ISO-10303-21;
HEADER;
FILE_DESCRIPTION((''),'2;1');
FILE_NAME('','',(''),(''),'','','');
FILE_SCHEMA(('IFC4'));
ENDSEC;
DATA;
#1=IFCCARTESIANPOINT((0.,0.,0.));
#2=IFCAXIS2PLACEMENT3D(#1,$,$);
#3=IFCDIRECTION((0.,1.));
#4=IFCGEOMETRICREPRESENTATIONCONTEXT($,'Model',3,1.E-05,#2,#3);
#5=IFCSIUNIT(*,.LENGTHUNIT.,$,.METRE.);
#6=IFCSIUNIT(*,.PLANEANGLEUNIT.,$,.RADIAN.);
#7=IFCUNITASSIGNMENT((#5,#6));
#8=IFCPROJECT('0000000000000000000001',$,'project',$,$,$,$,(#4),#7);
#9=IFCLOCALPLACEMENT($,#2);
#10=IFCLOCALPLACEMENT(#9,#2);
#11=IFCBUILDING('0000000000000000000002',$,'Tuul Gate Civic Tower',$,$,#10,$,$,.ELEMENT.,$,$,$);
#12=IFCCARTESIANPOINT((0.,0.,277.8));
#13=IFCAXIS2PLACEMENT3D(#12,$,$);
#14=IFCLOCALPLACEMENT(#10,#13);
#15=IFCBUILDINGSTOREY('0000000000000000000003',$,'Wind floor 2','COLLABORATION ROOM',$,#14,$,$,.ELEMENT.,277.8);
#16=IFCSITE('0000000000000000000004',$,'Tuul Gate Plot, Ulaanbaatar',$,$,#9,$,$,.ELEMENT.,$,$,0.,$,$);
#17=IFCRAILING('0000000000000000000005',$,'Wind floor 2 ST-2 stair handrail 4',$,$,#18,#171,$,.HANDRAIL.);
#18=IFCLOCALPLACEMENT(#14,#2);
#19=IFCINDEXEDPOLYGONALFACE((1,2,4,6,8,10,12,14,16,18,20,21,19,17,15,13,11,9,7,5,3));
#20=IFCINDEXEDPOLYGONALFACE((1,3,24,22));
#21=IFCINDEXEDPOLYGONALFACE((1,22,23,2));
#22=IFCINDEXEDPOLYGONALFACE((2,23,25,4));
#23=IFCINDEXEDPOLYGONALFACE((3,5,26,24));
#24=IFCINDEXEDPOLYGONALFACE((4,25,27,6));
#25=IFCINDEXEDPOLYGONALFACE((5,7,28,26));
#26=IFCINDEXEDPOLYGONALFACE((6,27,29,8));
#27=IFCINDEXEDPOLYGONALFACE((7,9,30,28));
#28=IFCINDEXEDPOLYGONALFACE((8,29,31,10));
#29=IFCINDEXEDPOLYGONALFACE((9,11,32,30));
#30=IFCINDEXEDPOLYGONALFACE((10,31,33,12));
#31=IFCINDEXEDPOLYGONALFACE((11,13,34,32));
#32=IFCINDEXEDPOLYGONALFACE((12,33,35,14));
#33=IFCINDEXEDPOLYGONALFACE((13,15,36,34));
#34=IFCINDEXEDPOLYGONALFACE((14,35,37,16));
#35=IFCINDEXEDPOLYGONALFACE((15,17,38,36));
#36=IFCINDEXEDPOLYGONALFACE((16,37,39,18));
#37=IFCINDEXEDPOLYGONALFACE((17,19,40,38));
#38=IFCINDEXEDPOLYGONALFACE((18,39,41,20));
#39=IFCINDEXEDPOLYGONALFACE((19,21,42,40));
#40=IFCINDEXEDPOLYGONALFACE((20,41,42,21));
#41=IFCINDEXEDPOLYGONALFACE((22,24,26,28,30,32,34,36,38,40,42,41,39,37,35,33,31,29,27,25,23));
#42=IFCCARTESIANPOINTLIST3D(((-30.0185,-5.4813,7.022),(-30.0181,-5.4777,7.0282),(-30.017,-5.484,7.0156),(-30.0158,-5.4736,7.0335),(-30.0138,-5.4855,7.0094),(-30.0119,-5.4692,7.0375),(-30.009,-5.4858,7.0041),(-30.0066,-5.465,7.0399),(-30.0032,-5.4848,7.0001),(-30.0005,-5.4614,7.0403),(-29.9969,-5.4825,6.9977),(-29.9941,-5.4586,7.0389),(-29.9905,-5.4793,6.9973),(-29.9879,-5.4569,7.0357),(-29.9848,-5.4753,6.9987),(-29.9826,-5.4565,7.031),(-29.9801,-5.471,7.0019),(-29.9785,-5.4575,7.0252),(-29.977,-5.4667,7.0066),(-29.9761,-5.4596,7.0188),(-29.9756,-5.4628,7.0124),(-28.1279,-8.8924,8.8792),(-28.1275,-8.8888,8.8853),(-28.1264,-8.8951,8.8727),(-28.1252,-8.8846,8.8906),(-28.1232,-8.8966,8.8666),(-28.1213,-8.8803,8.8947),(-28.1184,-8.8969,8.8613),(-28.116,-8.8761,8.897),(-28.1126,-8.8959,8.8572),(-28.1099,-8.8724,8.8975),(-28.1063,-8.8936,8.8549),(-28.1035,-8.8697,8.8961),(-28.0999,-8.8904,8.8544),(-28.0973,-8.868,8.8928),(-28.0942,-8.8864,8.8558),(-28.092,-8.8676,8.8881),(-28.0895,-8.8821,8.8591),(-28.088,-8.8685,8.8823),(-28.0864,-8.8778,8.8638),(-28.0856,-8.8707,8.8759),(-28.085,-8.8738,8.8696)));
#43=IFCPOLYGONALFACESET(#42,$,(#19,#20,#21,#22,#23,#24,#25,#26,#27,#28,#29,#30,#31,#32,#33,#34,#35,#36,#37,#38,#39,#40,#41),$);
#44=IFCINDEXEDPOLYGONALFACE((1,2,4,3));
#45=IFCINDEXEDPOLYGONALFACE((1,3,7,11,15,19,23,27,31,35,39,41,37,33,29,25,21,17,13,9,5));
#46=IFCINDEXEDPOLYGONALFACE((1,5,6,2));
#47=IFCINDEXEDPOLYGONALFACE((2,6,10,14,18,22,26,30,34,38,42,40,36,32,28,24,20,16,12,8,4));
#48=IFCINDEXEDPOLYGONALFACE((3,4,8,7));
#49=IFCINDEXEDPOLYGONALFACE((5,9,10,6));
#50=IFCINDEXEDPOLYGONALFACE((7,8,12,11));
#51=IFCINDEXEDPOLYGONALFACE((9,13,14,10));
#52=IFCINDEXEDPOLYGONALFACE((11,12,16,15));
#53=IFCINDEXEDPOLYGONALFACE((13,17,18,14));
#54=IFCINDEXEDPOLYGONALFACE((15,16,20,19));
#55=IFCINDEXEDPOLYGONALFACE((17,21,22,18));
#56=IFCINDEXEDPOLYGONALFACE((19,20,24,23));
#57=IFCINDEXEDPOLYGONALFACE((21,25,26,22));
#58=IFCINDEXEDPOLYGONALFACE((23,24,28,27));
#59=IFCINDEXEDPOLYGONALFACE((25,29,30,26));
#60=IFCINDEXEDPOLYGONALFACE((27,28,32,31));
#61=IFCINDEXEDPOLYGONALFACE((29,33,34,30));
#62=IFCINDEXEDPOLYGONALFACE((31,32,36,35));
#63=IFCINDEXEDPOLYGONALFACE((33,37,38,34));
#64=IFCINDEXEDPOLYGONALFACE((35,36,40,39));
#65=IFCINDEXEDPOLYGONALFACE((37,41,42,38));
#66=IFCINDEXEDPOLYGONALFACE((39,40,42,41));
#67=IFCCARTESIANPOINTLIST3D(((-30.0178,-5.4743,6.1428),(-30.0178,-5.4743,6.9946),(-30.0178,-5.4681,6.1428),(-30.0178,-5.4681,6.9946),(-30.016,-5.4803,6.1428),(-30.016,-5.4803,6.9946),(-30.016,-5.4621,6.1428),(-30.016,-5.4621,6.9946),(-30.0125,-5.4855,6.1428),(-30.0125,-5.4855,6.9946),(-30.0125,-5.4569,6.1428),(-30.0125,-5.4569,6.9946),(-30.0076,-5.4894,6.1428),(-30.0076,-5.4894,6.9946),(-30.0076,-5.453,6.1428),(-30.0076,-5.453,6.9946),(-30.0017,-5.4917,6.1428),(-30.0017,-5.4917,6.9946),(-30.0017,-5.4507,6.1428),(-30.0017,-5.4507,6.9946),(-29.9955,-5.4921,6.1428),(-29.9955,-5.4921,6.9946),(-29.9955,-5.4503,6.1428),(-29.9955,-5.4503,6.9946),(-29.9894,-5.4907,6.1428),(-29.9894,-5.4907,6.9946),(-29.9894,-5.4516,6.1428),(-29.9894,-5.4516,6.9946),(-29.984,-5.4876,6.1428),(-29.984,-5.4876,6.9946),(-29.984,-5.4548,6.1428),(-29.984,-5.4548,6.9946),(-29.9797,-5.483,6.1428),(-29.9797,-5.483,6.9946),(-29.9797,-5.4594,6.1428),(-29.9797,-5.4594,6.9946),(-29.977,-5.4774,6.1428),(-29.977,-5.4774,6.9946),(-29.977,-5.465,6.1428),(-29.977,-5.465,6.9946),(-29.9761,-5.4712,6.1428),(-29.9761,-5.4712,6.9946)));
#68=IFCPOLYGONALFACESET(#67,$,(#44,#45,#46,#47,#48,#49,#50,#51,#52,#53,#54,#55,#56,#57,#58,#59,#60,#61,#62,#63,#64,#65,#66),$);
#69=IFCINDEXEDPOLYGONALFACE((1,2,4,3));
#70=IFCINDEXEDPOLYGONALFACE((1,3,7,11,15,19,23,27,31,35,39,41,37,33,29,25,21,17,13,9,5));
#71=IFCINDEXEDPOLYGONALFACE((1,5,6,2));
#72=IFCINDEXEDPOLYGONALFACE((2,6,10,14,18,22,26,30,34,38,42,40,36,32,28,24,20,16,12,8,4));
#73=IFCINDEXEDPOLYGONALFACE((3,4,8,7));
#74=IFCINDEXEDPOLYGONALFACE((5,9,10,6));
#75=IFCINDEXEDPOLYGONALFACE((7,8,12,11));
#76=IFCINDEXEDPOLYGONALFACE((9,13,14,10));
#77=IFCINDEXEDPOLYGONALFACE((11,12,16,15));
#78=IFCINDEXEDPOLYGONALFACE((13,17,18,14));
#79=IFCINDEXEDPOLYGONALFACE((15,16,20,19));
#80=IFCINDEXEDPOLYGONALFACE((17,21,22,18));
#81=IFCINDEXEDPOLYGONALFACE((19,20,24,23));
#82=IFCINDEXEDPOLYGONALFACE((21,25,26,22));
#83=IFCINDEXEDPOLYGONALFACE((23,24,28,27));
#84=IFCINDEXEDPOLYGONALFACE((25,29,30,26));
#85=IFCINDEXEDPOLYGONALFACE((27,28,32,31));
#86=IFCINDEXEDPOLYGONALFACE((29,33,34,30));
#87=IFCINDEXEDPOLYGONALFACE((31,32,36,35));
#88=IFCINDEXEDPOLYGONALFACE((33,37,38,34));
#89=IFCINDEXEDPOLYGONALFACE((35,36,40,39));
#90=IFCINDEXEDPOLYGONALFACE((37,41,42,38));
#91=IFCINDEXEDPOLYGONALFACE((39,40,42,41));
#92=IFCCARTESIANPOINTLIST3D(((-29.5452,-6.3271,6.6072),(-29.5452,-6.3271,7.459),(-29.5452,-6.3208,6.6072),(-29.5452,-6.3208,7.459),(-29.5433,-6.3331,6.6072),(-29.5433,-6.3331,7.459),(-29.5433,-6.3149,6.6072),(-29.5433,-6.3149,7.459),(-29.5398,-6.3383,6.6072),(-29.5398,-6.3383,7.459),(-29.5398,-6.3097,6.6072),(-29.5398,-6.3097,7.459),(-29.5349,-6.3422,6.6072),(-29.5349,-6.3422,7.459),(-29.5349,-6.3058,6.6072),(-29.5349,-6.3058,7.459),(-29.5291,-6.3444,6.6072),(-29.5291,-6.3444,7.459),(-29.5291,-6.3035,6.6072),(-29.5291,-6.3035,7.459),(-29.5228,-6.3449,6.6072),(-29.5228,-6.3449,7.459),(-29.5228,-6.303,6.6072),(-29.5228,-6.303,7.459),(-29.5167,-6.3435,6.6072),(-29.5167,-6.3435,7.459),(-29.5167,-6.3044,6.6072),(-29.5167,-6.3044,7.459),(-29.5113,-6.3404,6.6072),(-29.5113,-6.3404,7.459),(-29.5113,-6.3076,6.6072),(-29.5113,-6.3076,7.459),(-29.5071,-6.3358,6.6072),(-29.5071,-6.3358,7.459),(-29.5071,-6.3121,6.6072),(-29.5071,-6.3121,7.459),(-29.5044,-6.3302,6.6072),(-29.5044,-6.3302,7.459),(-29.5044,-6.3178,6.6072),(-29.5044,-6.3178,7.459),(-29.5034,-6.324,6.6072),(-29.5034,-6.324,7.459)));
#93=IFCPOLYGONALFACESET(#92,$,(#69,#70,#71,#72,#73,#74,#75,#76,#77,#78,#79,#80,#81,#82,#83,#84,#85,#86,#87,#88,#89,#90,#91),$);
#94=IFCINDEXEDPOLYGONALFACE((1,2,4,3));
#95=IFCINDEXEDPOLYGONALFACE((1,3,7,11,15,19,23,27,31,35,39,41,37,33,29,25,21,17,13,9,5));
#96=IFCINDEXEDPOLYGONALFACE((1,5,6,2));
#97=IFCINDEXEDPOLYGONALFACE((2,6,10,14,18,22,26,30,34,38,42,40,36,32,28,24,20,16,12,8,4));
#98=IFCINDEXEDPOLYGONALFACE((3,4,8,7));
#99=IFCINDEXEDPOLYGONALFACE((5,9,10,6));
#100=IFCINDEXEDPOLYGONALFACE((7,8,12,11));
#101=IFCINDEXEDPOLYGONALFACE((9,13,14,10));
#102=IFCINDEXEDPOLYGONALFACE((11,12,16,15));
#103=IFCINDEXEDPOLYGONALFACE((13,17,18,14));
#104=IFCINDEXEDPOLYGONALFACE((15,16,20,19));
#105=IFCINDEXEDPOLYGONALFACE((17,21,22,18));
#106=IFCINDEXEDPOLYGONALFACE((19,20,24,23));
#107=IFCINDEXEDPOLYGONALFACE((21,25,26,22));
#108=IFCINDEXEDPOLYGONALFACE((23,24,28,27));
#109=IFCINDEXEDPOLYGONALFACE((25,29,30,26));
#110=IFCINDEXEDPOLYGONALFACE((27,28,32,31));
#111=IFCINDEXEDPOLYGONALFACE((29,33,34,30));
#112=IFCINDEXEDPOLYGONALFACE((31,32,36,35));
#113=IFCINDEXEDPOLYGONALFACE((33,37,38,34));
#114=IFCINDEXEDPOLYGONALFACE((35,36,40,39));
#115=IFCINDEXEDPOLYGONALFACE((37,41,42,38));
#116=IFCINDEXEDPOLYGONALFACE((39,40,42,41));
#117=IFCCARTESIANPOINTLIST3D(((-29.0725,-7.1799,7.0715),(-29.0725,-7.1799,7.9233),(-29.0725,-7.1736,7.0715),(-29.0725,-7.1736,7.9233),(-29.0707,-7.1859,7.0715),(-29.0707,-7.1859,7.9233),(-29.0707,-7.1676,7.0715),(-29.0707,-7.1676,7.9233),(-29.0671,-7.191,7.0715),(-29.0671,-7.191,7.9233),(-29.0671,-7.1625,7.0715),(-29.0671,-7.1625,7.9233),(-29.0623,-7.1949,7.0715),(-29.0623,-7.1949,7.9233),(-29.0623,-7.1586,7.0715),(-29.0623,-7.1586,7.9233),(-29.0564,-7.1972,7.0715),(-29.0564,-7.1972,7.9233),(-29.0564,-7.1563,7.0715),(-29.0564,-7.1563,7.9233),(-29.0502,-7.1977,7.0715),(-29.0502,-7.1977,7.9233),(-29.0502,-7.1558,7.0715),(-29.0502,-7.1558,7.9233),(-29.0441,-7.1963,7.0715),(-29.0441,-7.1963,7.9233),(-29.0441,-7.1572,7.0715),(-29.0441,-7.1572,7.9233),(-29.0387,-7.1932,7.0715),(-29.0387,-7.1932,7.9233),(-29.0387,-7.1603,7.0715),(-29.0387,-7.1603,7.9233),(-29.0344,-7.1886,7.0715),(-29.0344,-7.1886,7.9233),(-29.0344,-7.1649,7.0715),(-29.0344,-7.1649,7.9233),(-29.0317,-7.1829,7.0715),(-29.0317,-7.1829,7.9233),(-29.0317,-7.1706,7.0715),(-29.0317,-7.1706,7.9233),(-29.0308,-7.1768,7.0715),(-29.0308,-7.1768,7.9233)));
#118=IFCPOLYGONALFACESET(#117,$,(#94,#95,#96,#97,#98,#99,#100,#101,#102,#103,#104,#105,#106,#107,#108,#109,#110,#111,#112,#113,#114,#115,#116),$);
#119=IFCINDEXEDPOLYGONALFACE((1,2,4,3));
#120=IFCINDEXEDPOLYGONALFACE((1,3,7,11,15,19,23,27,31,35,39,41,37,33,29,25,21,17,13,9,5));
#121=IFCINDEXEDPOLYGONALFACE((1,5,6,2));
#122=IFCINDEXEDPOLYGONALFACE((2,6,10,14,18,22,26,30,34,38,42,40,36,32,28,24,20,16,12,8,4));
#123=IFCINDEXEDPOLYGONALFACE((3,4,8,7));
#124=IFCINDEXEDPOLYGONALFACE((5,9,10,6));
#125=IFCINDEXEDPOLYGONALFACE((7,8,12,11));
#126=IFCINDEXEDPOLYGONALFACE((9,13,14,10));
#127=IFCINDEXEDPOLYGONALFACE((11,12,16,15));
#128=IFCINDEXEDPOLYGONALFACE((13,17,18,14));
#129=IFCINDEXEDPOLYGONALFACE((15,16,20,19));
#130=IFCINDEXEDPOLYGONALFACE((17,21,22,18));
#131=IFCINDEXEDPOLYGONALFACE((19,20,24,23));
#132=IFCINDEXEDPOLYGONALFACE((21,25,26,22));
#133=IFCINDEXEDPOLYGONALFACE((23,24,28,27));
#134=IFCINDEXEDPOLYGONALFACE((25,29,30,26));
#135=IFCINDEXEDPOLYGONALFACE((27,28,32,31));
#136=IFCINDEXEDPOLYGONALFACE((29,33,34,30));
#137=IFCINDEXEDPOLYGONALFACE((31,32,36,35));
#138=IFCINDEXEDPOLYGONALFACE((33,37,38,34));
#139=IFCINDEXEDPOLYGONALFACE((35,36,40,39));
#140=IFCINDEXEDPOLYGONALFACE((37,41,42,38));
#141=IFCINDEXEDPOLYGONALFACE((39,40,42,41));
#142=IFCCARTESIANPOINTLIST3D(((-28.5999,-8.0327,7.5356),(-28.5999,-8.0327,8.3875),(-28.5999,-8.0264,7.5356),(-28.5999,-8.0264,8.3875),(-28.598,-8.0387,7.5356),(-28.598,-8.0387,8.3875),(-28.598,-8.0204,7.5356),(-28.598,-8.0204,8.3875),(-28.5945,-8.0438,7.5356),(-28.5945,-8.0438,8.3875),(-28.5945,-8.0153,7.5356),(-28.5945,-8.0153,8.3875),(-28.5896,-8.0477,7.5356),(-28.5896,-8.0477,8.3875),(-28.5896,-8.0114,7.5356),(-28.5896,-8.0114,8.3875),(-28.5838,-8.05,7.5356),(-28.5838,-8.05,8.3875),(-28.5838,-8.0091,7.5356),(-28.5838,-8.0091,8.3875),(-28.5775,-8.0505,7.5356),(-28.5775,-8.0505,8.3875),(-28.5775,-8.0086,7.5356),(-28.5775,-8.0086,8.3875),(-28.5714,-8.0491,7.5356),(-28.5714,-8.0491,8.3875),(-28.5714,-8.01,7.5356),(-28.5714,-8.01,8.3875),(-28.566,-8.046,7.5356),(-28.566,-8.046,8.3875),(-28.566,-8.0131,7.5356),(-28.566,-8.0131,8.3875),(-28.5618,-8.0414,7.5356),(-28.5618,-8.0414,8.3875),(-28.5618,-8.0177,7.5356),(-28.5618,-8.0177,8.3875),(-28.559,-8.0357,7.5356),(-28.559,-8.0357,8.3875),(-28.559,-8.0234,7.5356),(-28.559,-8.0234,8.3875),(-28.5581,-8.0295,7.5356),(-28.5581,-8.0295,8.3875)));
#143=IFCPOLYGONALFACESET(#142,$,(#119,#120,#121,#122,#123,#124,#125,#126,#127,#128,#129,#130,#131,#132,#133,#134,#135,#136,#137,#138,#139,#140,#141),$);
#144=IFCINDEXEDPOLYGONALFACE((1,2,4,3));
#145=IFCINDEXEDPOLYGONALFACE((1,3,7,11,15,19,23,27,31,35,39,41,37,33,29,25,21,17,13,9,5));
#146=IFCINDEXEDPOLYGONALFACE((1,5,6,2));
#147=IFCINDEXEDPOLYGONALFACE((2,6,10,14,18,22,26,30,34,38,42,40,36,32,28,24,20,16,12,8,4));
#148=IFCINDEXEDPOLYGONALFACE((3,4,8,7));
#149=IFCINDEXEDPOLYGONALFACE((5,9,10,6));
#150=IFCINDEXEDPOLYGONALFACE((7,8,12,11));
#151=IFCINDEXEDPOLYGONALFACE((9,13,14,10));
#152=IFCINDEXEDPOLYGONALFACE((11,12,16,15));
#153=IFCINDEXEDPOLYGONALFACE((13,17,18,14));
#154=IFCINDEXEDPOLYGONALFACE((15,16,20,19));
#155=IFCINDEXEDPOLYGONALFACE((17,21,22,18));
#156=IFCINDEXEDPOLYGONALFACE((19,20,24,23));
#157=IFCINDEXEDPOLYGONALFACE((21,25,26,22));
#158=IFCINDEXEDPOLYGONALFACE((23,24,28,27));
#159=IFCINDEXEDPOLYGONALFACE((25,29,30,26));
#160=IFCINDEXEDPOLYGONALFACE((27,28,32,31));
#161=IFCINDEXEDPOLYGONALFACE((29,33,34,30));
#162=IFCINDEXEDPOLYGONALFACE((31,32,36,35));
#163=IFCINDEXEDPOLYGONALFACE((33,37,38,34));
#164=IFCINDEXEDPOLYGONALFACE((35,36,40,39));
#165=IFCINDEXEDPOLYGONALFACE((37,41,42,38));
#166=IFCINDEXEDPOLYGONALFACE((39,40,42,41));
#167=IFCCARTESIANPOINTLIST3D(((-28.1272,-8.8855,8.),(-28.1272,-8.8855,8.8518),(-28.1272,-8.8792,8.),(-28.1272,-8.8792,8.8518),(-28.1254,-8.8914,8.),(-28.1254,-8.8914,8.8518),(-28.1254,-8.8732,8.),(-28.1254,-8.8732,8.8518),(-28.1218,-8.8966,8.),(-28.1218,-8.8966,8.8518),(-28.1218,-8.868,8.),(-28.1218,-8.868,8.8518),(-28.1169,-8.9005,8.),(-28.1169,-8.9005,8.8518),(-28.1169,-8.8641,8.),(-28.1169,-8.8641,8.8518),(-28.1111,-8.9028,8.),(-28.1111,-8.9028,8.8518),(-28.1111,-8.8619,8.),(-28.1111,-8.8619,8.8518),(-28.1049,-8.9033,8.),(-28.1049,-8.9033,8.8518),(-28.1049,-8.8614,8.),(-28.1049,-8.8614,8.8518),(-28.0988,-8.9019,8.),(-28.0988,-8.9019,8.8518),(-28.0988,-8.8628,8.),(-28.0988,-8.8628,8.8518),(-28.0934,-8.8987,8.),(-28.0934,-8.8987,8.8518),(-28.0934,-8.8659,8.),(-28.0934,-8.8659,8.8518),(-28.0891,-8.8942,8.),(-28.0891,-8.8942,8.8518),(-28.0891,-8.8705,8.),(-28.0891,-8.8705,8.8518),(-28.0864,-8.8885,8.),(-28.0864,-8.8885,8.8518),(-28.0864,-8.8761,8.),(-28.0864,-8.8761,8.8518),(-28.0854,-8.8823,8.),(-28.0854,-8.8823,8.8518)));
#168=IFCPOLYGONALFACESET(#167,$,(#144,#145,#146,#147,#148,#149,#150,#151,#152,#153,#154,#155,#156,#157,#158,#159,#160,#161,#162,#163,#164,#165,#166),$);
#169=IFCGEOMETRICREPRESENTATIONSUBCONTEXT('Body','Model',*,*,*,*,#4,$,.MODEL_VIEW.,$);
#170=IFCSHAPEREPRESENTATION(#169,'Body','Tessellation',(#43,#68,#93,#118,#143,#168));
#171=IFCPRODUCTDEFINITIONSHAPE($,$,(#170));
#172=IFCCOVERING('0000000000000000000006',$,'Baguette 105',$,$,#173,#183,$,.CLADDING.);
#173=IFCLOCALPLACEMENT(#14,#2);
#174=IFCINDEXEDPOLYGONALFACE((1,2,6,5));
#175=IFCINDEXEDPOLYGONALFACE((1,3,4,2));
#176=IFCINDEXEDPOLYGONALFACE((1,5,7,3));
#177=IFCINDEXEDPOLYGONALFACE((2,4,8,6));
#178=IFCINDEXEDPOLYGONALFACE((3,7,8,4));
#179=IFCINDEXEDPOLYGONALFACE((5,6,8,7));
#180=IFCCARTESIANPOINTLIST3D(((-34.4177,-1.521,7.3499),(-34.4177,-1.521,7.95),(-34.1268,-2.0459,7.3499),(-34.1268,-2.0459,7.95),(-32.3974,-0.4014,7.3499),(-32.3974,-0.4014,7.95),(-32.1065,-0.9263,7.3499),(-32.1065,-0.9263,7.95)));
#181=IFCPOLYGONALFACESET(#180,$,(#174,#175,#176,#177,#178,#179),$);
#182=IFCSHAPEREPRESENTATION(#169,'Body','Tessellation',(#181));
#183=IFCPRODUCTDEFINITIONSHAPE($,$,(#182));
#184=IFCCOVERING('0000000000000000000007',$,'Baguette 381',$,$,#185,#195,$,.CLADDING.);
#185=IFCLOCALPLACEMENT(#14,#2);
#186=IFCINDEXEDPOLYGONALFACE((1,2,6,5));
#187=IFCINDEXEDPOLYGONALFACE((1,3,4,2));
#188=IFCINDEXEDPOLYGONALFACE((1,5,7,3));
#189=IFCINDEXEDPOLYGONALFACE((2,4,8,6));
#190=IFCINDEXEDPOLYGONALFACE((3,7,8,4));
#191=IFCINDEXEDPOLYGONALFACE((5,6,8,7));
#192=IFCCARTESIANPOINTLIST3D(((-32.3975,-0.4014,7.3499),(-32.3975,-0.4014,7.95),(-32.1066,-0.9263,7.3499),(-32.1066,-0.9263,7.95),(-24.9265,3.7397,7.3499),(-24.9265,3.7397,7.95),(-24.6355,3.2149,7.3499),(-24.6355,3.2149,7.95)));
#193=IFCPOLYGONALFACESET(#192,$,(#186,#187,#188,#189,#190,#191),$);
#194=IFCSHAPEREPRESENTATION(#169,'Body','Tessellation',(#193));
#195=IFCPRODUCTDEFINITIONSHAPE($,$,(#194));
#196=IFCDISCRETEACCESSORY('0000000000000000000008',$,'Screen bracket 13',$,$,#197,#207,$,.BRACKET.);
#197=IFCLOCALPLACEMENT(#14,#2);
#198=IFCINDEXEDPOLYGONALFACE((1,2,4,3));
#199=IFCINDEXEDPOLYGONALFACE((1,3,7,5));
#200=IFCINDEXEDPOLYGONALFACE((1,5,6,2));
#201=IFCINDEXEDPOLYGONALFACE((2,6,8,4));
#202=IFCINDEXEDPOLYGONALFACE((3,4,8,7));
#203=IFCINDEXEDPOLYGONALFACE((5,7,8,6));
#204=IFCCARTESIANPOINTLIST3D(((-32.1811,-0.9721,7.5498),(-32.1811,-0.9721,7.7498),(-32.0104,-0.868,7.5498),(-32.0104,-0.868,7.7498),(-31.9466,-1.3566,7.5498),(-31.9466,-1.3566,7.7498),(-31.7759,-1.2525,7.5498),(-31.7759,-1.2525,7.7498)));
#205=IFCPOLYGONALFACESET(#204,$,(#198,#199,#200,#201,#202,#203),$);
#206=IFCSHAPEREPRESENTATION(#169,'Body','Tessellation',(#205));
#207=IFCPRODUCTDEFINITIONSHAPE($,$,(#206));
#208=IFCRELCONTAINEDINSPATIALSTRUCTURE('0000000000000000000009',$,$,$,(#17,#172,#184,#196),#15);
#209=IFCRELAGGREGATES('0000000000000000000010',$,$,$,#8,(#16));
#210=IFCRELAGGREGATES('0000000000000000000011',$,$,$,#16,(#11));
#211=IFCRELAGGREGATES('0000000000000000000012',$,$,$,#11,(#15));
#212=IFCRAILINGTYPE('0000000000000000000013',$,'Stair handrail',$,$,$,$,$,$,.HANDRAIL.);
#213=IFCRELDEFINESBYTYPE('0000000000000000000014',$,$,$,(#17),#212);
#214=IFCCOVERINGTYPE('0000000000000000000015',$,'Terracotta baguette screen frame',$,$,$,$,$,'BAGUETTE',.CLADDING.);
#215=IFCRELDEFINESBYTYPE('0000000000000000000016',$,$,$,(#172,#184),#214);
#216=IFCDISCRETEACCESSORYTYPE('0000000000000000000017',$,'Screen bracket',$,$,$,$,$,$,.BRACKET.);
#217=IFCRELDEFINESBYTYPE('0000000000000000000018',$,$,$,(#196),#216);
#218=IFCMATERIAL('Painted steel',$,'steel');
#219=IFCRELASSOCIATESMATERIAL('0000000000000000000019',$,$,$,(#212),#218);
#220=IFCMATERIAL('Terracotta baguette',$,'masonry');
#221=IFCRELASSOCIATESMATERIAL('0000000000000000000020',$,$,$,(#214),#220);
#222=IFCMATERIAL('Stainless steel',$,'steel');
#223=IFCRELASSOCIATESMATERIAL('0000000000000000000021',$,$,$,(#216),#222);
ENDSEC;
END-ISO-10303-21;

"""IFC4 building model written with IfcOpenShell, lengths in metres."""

from ifc_helpers import new_model, si_unit, direction, frame, origin, origin_2d, place, context, subcontext, project, spatial, rectangle, circle, extrude, material, material_profile, profile_set, type_object, element, save


model = new_model("IFC4")

# Units and contexts
model_context = context("Model", 3, precision=1e-05, world=origin(), true_north=direction((0.0, 1.0)))
body_context = subcontext(model_context, "Body", "Model", "MODEL_VIEW")
ifc_project = project(units=[si_unit("LENGTHUNIT", "METRE"), si_unit("PLANEANGLEUNIT", "RADIAN")], contexts=[model_context])

# Site, building, storey
site_placement = place(None, origin())
site = spatial("IfcSite", under=ifc_project, at=site_placement, Name="Tuul Gate Plot, Ulaanbaatar", CompositionType="ELEMENT", RefElevation=0.0)
building_placement = place(site_placement, origin())
building = spatial("IfcBuilding", under=site, at=building_placement, Name="Tuul Gate Civic Tower", CompositionType="ELEMENT")
storey_placement = place(building_placement, frame((0.0, 0.0, 277.8)))
storey = spatial("IfcBuildingStorey", under=building, at=storey_placement, Name="Wind floor 2", Description="COLLABORATION ROOM", CompositionType="ELEMENT", Elevation=277.8)

# Railing
ifc_material_1 = material(Name="Painted steel", Category="steel")
railing_type = type_object("IfcRailingType", Name="Stair handrail", PredefinedType="HANDRAIL", material=ifc_material_1)
railing_1_placement = place(storey_placement, frame((-29.9971, -5.4712, 6.1428)))
element("IfcRailing", 1, at=railing_1_placement, inside=storey, type_object=railing_type, Name="Wind floor 2 ST-2 stair handrail 4", PredefinedType="HANDRAIL", context=body_context, shape_type="SweptSolid", body=[
    extrude(circle(Radius=0.0239, at=origin_2d()), frame((0.0, 0.0, 0.876), z_axis=(0.43768, -0.789678, 0.429937), x_axis=(0.874641, 0.484771, 0.0)), (0.0, 0.0, 1.0), 4.3196),
    extrude(circle(Radius=0.021, at=origin_2d()), origin(), (0.0, 0.0, 1.0), 0.8518),
    extrude(circle(Radius=0.021, at=origin_2d()), frame((0.4727, -0.8528, 0.4644)), (0.0, 0.0, 1.0), 0.8518),
    extrude(circle(Radius=0.021, at=origin_2d()), frame((0.9453, -1.7056, 0.9287)), (0.0, 0.0, 1.0), 0.8518),
    extrude(circle(Radius=0.021, at=origin_2d()), frame((1.418, -2.5583, 1.3928)), (0.0, 0.0, 1.0), 0.8518),
    extrude(circle(Radius=0.021, at=origin_2d()), frame((1.8906, -3.4111, 1.8572)), (0.0, 0.0, 1.0), 0.8518),
])

# Coverings
ifc_material_2 = material(Name="Terracotta baguette", Category="masonry")
ifc_material_profile_1 = material_profile(ifc_material_2, rectangle(XDim=0.6001, YDim=0.6001, at=origin_2d()), Name="Terracotta baguette screen frame")
ifc_profile_set_1 = profile_set([ifc_material_profile_1], Name="Terracotta baguette")
covering_type = type_object("IfcCoveringType", Name="Terracotta baguette screen frame", ElementType="BAGUETTE", PredefinedType="CLADDING", material=ifc_profile_set_1)
covering_1_placement = place(storey_placement, frame((-32.252, -0.6638, 7.6499), z_axis=(-0.87466, -0.484736, 0.0), x_axis=(0.484736, -0.87466, 0.0)))
element("IfcCovering", 2, at=covering_1_placement, inside=storey, type_object=covering_type, Name="Baguette 105", PredefinedType="CLADDING", context=body_context, shape_type="SweptSolid", body=[
    extrude(rectangle(XDim=0.6001, YDim=0.6001, at=origin_2d()), origin(), (0.0, 0.0, 1.0), 2.3098),
])
covering_2_placement = place(storey_placement, frame((-24.781, 3.4773, 7.6499), z_axis=(-0.874625, -0.484801, 0.0), x_axis=(0.484801, -0.874625, 0.0)))
element("IfcCovering", 3, at=covering_2_placement, inside=storey, type_object=covering_type, Name="Baguette 381", PredefinedType="CLADDING", context=body_context, shape_type="SweptSolid", body=[
    extrude(rectangle(XDim=0.6001, YDim=0.6001, at=origin_2d()), origin(), (0.0, 0.0, 1.0), 8.542),
])

# Discrete accessory
ifc_material_3 = material(Name="Stainless steel", Category="steel")
discrete_accessory_type = type_object("IfcDiscreteAccessoryType", Name="Screen bracket", PredefinedType="BRACKET", material=ifc_material_3)
discrete_accessory_placement = place(storey_placement, frame((-31.9785, -1.1123, 7.5498), z_axis=(0.0, 0.0, 1.0), x_axis=(-0.520743, 0.853714, 0.0)))
element("IfcDiscreteAccessory", 4, at=discrete_accessory_placement, inside=storey, type_object=discrete_accessory_type, Name="Screen bracket 13", PredefinedType="BRACKET", context=body_context, shape_type="SweptSolid", body=[
    extrude(rectangle(XDim=0.4504, YDim=0.2, at=origin_2d()), origin(), (0.0, 0.0, 1.0), 0.2),
])

save(model, "model.ifc")
